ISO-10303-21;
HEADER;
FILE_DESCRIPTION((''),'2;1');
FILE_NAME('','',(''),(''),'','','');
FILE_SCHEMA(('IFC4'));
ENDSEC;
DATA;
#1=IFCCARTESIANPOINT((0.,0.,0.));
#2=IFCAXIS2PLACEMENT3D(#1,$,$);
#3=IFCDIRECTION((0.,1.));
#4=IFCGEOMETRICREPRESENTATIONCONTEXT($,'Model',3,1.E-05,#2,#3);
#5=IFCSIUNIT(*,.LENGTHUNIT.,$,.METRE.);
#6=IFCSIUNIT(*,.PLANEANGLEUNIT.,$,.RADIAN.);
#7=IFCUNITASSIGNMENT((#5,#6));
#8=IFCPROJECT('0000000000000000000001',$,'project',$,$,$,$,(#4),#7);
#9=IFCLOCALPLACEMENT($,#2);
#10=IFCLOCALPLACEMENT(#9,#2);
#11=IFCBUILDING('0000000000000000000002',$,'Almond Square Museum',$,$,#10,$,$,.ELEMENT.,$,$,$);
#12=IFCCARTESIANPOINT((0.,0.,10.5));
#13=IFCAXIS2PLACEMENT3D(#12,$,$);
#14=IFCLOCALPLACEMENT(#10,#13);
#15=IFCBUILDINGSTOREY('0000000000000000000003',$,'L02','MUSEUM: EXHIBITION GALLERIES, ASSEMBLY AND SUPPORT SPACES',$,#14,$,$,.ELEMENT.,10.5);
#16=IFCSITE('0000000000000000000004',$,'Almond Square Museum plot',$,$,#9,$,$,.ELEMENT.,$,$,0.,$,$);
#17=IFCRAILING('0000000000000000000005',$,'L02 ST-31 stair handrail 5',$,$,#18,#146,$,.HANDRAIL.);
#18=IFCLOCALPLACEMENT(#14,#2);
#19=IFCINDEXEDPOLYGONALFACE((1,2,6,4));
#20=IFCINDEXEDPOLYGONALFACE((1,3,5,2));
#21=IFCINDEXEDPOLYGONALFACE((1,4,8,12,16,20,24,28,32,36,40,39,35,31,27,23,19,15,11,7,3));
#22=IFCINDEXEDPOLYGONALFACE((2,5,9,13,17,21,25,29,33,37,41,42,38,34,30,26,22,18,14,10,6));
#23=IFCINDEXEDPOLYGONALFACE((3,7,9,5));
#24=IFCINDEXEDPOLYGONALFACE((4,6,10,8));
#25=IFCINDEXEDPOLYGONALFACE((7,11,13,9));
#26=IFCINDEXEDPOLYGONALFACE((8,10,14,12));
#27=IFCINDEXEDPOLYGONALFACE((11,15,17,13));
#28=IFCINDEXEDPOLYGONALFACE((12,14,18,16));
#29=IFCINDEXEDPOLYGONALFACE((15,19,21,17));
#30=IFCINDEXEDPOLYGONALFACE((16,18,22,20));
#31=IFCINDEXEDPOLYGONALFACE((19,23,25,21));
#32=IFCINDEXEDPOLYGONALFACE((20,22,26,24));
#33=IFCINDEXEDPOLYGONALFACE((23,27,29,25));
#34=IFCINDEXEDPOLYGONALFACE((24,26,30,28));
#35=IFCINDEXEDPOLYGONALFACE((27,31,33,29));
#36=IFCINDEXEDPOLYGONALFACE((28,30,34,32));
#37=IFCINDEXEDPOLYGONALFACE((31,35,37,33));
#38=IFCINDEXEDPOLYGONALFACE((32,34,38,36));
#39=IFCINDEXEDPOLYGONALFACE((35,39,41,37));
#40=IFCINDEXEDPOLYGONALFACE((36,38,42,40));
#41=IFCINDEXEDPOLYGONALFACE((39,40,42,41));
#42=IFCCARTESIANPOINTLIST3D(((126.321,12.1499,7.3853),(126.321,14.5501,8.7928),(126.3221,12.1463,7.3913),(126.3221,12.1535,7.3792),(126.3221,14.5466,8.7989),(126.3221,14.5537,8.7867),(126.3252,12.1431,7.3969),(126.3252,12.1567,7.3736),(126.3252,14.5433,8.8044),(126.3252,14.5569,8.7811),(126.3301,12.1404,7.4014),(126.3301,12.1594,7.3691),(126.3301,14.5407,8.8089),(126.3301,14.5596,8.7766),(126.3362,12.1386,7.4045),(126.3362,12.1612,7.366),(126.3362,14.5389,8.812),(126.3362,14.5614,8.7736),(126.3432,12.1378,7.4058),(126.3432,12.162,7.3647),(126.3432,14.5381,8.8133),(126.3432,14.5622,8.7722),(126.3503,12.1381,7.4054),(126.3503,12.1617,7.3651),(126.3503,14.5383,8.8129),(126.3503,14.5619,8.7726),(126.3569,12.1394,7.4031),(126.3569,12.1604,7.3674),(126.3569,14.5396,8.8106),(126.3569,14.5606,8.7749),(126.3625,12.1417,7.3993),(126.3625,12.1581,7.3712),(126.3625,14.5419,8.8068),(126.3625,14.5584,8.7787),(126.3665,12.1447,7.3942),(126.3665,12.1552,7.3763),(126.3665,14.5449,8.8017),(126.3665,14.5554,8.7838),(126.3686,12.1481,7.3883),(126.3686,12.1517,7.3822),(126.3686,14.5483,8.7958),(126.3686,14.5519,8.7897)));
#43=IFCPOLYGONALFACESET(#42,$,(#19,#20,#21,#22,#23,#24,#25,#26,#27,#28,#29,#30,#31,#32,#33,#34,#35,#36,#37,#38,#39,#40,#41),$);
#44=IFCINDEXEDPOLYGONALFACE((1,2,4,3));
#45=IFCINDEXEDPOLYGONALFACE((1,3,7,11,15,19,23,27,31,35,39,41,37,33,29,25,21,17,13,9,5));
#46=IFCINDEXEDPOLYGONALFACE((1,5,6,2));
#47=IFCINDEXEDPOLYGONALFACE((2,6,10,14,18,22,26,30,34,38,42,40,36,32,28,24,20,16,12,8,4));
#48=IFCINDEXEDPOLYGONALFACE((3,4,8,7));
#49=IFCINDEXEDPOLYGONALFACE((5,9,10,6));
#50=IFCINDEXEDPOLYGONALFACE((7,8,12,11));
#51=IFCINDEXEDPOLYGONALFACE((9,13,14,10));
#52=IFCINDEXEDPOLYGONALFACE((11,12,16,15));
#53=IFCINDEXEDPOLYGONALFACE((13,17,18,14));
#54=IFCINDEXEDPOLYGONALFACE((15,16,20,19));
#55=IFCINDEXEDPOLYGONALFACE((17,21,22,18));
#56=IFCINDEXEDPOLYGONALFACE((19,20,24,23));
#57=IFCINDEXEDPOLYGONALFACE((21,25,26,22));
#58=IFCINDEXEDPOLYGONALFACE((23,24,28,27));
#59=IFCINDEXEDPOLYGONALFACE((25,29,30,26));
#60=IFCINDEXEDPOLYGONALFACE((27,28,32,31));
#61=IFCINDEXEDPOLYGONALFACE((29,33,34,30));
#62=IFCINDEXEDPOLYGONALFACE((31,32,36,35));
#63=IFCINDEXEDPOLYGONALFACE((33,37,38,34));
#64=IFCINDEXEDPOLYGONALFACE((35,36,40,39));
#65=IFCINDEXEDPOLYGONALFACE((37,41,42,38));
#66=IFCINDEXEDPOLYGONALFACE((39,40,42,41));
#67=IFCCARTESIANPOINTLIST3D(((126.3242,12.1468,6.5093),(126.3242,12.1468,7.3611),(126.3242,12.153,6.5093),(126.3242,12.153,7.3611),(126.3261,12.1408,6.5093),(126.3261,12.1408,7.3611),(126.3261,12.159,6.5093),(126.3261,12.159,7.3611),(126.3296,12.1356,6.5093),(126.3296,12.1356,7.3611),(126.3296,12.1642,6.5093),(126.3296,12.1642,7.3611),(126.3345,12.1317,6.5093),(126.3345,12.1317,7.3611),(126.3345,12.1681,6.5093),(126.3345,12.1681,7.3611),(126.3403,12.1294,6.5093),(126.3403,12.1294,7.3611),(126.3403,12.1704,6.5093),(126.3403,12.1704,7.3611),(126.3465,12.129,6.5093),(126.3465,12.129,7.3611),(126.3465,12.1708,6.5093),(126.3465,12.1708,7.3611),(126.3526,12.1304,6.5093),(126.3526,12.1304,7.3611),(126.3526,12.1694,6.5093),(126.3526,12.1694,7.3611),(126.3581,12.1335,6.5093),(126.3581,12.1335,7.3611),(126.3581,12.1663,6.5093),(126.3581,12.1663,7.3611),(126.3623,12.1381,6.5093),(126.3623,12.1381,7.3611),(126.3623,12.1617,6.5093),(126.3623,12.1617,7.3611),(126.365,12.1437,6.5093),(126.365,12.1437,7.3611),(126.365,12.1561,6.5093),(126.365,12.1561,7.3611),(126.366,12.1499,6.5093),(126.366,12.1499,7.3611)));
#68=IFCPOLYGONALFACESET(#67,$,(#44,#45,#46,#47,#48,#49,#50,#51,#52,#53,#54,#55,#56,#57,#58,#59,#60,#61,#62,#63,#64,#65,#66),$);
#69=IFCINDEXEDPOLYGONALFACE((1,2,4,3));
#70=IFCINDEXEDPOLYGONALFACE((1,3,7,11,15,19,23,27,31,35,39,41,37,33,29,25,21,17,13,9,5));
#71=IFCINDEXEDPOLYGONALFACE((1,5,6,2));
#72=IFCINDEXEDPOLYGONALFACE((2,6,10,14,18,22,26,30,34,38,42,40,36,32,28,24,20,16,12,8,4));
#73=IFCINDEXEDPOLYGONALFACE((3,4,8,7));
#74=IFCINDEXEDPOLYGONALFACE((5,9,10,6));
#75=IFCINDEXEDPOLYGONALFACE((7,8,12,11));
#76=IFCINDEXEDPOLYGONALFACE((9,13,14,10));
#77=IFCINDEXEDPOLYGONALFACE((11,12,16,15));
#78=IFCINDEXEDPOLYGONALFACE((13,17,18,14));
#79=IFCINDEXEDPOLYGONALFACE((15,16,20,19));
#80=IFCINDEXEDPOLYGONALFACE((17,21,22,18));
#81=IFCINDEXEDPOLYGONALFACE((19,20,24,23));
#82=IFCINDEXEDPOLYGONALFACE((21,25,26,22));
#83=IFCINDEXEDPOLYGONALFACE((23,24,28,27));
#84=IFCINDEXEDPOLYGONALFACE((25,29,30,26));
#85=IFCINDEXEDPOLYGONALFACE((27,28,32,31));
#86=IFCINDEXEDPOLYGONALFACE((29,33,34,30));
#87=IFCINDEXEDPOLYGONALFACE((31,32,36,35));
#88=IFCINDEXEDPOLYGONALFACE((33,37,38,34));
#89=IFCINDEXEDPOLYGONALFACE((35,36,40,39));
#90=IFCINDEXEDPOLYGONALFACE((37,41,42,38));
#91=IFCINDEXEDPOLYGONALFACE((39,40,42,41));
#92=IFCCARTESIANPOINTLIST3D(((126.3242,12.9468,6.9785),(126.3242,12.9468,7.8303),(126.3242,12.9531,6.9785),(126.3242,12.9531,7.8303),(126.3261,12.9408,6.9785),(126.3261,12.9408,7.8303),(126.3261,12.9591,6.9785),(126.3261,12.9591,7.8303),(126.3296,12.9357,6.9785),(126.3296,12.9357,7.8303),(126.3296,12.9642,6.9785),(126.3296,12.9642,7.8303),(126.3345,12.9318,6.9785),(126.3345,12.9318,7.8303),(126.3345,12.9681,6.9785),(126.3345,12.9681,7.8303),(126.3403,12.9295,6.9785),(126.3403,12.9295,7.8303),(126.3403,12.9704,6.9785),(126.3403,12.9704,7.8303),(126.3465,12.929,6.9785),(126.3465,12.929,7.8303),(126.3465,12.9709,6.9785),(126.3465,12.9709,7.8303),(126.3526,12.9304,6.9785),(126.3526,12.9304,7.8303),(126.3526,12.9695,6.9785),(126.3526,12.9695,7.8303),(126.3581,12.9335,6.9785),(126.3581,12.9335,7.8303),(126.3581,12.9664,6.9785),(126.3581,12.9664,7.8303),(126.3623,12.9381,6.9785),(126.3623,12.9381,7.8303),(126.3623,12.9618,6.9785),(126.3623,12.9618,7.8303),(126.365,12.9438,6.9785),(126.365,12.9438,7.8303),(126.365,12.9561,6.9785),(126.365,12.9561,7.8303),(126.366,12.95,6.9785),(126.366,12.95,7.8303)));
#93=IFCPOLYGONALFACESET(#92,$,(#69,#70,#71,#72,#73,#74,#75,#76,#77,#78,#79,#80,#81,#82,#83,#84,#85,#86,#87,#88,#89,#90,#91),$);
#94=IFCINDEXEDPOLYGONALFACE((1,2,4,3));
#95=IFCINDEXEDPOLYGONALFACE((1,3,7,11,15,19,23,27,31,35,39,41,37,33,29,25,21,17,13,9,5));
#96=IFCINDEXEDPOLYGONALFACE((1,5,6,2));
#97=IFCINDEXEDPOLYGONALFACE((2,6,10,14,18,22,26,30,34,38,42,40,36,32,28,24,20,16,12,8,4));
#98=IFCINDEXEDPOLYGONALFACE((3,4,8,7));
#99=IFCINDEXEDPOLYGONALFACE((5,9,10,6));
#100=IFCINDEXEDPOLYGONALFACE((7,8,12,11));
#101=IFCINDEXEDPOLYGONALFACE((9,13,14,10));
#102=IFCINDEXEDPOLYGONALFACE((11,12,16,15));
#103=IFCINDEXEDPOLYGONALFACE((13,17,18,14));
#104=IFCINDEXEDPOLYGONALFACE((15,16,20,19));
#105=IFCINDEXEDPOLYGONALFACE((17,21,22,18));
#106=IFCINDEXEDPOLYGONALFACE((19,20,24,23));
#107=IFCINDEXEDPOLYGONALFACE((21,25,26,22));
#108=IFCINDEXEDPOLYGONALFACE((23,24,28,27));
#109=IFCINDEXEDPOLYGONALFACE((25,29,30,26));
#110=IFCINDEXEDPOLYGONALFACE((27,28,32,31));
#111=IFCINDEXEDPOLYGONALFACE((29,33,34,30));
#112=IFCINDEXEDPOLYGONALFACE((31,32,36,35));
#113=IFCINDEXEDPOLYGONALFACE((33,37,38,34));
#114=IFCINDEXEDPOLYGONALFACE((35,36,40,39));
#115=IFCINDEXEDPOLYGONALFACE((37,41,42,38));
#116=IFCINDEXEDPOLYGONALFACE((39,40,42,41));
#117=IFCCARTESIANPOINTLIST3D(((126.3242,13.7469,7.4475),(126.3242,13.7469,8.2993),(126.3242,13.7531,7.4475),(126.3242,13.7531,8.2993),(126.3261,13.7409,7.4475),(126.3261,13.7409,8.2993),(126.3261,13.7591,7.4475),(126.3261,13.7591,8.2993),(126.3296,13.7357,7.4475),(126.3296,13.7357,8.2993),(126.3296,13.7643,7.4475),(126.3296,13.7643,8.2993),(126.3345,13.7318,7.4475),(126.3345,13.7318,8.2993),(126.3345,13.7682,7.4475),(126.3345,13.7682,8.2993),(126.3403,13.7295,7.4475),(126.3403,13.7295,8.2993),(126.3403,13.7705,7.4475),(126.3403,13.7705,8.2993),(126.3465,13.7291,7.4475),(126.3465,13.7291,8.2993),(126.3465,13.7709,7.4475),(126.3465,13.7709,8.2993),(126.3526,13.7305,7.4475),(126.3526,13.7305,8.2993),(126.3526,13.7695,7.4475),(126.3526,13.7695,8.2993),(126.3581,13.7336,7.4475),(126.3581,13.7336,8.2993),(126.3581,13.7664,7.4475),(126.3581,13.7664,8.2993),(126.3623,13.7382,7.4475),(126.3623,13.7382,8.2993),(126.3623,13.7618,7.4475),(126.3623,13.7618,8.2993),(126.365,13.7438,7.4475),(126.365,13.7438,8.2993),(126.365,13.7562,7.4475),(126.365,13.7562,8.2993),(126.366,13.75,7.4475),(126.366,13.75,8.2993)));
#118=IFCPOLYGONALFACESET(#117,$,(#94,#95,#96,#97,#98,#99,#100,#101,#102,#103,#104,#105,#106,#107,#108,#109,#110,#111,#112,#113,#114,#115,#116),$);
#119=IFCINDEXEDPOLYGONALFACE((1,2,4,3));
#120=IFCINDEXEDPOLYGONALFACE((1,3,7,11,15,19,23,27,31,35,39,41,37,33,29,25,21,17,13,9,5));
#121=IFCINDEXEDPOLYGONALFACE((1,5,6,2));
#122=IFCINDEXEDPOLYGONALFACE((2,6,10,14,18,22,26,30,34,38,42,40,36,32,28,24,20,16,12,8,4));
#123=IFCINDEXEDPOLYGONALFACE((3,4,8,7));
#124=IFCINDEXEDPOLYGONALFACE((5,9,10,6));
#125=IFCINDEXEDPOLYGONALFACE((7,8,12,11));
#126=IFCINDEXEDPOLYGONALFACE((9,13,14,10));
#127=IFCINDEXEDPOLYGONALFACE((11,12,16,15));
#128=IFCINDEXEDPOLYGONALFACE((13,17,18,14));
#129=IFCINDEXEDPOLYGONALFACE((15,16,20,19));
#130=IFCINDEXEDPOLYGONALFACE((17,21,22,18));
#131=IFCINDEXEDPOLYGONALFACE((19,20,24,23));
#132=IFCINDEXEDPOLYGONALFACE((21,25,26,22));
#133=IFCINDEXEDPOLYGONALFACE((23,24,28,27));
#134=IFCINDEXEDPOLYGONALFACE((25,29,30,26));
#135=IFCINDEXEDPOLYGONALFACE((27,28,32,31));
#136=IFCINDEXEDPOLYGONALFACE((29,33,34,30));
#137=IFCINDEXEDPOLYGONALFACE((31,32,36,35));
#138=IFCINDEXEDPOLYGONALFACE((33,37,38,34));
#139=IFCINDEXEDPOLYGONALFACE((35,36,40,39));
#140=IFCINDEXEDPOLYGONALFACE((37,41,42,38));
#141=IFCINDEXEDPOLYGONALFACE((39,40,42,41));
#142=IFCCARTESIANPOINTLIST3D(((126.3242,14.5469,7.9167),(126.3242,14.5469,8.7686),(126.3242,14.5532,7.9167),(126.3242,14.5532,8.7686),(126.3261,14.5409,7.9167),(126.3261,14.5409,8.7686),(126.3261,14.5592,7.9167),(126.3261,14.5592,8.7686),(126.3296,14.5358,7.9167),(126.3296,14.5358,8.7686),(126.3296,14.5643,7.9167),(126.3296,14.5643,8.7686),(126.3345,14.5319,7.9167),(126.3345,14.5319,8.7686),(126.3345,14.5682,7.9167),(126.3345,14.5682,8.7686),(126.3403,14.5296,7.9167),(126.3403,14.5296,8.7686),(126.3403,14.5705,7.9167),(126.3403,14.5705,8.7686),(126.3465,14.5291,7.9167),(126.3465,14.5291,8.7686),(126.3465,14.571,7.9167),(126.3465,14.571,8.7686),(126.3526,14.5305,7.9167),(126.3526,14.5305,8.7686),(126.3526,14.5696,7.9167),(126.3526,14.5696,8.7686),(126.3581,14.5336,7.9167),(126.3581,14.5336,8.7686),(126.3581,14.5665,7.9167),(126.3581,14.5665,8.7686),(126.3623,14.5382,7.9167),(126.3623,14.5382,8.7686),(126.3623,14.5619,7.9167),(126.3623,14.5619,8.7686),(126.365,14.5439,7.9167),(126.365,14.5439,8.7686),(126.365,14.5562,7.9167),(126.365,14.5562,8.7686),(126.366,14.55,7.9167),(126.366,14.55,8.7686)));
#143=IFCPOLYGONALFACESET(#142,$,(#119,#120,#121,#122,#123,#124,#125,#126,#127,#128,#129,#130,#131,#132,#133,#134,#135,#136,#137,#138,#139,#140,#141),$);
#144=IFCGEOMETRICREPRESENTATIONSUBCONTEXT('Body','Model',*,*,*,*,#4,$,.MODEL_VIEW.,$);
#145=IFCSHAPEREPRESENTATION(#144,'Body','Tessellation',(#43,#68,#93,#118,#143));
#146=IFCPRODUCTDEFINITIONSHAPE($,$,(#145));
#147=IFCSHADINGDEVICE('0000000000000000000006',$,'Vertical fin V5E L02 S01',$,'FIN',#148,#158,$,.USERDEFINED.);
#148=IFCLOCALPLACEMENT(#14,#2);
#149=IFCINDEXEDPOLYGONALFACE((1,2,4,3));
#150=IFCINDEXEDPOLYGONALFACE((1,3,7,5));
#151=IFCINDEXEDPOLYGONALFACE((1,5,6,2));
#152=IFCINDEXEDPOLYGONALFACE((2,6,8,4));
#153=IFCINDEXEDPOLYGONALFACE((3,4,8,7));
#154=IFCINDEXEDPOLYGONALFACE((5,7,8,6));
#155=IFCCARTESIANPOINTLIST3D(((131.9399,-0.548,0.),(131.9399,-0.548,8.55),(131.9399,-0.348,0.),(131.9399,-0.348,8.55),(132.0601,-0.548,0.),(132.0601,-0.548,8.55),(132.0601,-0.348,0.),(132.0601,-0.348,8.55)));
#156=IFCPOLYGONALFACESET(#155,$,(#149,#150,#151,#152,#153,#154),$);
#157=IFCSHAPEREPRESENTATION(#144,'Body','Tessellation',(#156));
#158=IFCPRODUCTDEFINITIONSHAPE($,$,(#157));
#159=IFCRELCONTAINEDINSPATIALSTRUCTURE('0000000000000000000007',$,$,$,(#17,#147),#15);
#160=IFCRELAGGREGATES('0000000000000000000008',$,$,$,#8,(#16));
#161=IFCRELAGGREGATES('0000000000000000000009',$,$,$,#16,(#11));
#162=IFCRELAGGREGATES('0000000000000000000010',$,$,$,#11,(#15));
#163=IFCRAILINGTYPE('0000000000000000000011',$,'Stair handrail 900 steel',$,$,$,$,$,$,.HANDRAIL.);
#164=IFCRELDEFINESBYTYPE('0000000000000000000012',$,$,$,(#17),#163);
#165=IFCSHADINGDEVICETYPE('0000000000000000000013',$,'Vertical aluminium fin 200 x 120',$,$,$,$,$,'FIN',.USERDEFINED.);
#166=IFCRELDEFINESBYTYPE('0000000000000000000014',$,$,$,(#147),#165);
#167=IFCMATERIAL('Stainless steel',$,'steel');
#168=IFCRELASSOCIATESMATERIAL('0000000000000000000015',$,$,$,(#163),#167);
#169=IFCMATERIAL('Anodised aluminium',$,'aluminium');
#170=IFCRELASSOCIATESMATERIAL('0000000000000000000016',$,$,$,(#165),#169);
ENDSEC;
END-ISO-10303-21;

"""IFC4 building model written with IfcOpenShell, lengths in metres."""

from ifc_helpers import new_model, si_unit, direction, frame, origin, origin_2d, place, context, subcontext, project, spatial, rectangle, circle, extrude, material, material_profile, profile_set, type_object, element, save


model = new_model("IFC4")

# Units and contexts
model_context = context("Model", 3, precision=1e-05, world=origin(), true_north=direction((0.0, 1.0)))
body_context = subcontext(model_context, "Body", "Model", "MODEL_VIEW")
ifc_project = project(units=[si_unit("LENGTHUNIT", "METRE"), si_unit("PLANEANGLEUNIT", "RADIAN")], contexts=[model_context])

# Site, building, storey
site_placement = place(None, origin())
site = spatial("IfcSite", under=ifc_project, at=site_placement, Name="Almond Square Museum plot", CompositionType="ELEMENT", RefElevation=0.0)
building_placement = place(site_placement, origin())
building = spatial("IfcBuilding", under=site, at=building_placement, Name="Almond Square Museum", CompositionType="ELEMENT")
storey_placement = place(building_placement, frame((0.0, 0.0, 10.5)))
storey = spatial("IfcBuildingStorey", under=building, at=storey_placement, Name="L02", Description="MUSEUM: EXHIBITION GALLERIES, ASSEMBLY AND SUPPORT SPACES", CompositionType="ELEMENT", Elevation=10.5)

# Railing
ifc_material_1 = material(Name="Stainless steel", Category="steel")
railing_type_1 = type_object("IfcRailingType", Name="Stair handrail 900 steel", PredefinedType="HANDRAIL", material=ifc_material_1)
for number, where, name in (
    (1, (126.345, 12.1499, 6.5093), "L02 ST-31 stair handrail 5"),
):
    element("IfcRailing", number, at=place(storey_placement, frame(where)), inside=storey, type_object=railing_type_1, Name=name, PredefinedType="HANDRAIL", context=body_context, shape_type="SweptSolid", body=[
        extrude(circle(Radius=0.0239, at=origin_2d()), frame((0.0, 0.0, 0.876), z_axis=(0.0, 0.862621, 0.50585), x_axis=(-1.0, 0.0, 0.0)), (0.0, 0.0, 1.0), 2.7825),
        extrude(circle(Radius=0.021, at=origin_2d()), origin(), (0.0, 0.0, 1.0), 0.8518),
        extrude(circle(Radius=0.021, at=origin_2d()), frame((0.0, 0.8, 0.4692)), (0.0, 0.0, 1.0), 0.8518),
        extrude(circle(Radius=0.021, at=origin_2d()), frame((0.0, 1.6001, 0.9382)), (0.0, 0.0, 1.0), 0.8518),
        extrude(circle(Radius=0.021, at=origin_2d()), frame((0.0, 2.4001, 1.4075)), (0.0, 0.0, 1.0), 0.8518),
    ])

# Shading device
ifc_material_2 = material(Name="Anodised aluminium", Category="aluminium")
ifc_material_profile_1 = material_profile(ifc_material_2, rectangle(XDim=0.2, YDim=0.1201, at=origin_2d()))
ifc_profile_set_1 = profile_set([ifc_material_profile_1], Name="Anodised aluminium")
shading_device_type_1 = type_object("IfcShadingDeviceType", Name="Vertical aluminium fin 200 x 120", ElementType="FIN", PredefinedType="USERDEFINED", material=ifc_profile_set_1)
shading_device_placement = place(storey_placement, frame((132.0, -0.448, 0.0), z_axis=(0.0, 0.0, 1.0), x_axis=(0.0, -1.0, 0.0)))
element("IfcShadingDevice", 2, at=shading_device_placement, inside=storey, type_object=shading_device_type_1, Name="Vertical fin V5E L02 S01", ObjectType="FIN", PredefinedType="USERDEFINED", context=body_context, shape_type="SweptSolid", body=[
    extrude(rectangle(XDim=0.2, YDim=0.1201, at=origin_2d()), origin(), (0.0, 0.0, 1.0), 8.55),
])

save(model, "model.ifc")
